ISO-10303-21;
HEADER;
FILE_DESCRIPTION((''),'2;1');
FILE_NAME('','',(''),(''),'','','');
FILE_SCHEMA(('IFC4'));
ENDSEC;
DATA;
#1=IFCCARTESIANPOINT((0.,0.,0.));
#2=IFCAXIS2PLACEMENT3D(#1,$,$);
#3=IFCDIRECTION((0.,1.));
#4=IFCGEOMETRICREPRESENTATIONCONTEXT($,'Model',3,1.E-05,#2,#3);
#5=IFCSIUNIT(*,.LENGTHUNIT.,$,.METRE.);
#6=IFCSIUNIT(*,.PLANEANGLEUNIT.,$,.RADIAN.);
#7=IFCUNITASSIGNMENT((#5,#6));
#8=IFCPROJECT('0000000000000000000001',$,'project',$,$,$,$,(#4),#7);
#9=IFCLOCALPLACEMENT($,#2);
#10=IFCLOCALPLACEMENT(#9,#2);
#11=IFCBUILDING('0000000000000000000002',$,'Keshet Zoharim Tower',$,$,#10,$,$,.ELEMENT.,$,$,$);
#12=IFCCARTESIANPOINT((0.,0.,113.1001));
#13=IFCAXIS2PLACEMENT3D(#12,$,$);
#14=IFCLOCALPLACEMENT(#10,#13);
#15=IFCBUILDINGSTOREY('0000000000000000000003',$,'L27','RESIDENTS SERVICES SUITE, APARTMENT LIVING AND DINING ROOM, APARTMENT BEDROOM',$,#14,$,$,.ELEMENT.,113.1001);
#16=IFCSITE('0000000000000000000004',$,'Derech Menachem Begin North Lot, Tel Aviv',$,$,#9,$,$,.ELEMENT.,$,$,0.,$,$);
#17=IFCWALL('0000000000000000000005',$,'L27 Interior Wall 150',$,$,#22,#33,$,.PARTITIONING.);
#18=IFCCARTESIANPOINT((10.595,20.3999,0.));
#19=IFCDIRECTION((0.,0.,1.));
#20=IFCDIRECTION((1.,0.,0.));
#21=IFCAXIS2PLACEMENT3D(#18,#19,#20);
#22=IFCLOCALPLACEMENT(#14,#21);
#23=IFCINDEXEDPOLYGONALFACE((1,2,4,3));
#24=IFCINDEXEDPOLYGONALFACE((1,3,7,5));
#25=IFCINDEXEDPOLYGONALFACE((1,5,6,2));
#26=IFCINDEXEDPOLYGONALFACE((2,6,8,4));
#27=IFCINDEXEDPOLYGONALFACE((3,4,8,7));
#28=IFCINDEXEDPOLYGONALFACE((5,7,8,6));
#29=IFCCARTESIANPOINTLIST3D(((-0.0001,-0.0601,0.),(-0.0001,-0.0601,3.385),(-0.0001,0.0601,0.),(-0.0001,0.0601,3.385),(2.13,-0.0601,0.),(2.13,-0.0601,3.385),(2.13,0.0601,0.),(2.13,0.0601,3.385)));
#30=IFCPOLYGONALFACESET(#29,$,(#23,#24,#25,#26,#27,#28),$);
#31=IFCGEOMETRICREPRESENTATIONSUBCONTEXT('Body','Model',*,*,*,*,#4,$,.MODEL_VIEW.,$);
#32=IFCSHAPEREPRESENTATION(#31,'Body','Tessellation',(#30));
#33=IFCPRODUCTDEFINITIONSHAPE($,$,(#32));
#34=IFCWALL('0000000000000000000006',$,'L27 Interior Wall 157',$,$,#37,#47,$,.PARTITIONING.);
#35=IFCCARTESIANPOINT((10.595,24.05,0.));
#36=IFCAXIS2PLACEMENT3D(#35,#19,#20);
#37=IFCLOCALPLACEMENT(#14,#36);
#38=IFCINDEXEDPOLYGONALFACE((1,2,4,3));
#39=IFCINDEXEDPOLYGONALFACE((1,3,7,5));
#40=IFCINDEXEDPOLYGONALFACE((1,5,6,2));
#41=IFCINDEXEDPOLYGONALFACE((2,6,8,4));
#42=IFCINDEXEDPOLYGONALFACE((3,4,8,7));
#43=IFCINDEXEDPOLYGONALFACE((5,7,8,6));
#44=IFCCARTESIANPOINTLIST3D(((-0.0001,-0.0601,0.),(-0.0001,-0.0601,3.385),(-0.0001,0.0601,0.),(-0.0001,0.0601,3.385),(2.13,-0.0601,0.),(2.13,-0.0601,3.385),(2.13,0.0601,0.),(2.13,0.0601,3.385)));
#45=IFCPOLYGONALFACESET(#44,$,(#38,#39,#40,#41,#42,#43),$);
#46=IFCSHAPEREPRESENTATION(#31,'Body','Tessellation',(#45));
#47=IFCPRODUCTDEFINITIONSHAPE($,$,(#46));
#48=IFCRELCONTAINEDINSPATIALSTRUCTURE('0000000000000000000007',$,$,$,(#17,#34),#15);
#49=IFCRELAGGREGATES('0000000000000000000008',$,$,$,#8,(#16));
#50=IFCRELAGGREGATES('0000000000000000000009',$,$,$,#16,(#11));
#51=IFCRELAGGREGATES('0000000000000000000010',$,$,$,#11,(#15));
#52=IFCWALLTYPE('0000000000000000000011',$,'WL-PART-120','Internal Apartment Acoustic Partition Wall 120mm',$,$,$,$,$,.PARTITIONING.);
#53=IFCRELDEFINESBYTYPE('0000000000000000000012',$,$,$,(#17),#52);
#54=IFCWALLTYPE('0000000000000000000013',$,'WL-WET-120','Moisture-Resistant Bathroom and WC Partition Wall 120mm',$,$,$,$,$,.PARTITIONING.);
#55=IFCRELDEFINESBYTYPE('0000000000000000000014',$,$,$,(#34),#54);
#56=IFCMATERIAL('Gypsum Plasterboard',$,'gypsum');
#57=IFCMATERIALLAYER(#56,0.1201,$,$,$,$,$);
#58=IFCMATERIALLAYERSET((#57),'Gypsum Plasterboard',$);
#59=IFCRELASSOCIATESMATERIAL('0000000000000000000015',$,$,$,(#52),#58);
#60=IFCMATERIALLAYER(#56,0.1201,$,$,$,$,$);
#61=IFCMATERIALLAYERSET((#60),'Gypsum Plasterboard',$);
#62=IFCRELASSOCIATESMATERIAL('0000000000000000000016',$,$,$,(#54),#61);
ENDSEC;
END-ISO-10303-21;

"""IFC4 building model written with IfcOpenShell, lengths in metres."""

from ifc_helpers import new_model, si_unit, direction, frame, frame_2d, origin, place, context, subcontext, project, spatial, rectangle, extrude, material, layer, layer_set, type_object, element, save


model = new_model("IFC4")

# Units and contexts
model_context = context("Model", 3, precision=1e-05, world=origin(), true_north=direction((0.0, 1.0)))
body_context = subcontext(model_context, "Body", "Model", "MODEL_VIEW")
ifc_project = project(units=[si_unit("LENGTHUNIT", "METRE"), si_unit("PLANEANGLEUNIT", "RADIAN")], contexts=[model_context])

# Site, building, storey
site_placement = place(None, origin())
site = spatial("IfcSite", under=ifc_project, at=site_placement, Name="Derech Menachem Begin North Lot, Tel Aviv", CompositionType="ELEMENT", RefElevation=0.0)
building_placement = place(site_placement, origin())
building = spatial("IfcBuilding", under=site, at=building_placement, Name="Keshet Zoharim Tower", CompositionType="ELEMENT")
storey_placement = place(building_placement, frame((0.0, 0.0, 113.1001)))
storey = spatial("IfcBuildingStorey", under=building, at=storey_placement, Name="L27", Description="RESIDENTS SERVICES SUITE, APARTMENT LIVING AND DINING ROOM, APARTMENT BEDROOM", CompositionType="ELEMENT", Elevation=113.1001)

# Shared definitions
ifc_material_1 = material(Name="Gypsum Plasterboard", Category="gypsum")

# Shared definitions
ifc_layer_1 = layer(ifc_material_1, 0.1201)
ifc_layer_set_1 = layer_set([ifc_layer_1], Name="Gypsum Plasterboard")
wall_type_1 = type_object("IfcWallType", Name="WL-PART-120", Description="Internal Apartment Acoustic Partition Wall 120mm", PredefinedType="PARTITIONING", material=ifc_layer_set_1)

# Wall
wall_1_placement = place(storey_placement, frame((10.595, 20.3999, 0.0), z_axis=(0.0, 0.0, 1.0), x_axis=(1.0, 0.0, 0.0)))
element("IfcWall", 1, at=wall_1_placement, inside=storey, type_object=wall_type_1, Name="L27 Interior Wall 150", PredefinedType="PARTITIONING", context=body_context, shape_type="SweptSolid", body=[
    extrude(rectangle(XDim=2.1301, YDim=0.1201, at=frame_2d((1.0649, 0.0))), origin(), (0.0, 0.0, 1.0), 3.385),
])

# Shared definitions
ifc_layer_2 = layer(ifc_material_1, 0.1201)
ifc_layer_set_2 = layer_set([ifc_layer_2], Name="Gypsum Plasterboard")
wall_type_2 = type_object("IfcWallType", Name="WL-WET-120", Description="Moisture-Resistant Bathroom and WC Partition Wall 120mm", PredefinedType="PARTITIONING", material=ifc_layer_set_2)

# Wall
wall_2_placement = place(storey_placement, frame((10.595, 24.05, 0.0), z_axis=(0.0, 0.0, 1.0), x_axis=(1.0, 0.0, 0.0)))
element("IfcWall", 2, at=wall_2_placement, inside=storey, type_object=wall_type_2, Name="L27 Interior Wall 157", PredefinedType="PARTITIONING", context=body_context, shape_type="SweptSolid", body=[
    extrude(rectangle(XDim=2.1301, YDim=0.1201, at=frame_2d((1.0649, 0.0))), origin(), (0.0, 0.0, 1.0), 3.385),
])

save(model, "model.ifc")
